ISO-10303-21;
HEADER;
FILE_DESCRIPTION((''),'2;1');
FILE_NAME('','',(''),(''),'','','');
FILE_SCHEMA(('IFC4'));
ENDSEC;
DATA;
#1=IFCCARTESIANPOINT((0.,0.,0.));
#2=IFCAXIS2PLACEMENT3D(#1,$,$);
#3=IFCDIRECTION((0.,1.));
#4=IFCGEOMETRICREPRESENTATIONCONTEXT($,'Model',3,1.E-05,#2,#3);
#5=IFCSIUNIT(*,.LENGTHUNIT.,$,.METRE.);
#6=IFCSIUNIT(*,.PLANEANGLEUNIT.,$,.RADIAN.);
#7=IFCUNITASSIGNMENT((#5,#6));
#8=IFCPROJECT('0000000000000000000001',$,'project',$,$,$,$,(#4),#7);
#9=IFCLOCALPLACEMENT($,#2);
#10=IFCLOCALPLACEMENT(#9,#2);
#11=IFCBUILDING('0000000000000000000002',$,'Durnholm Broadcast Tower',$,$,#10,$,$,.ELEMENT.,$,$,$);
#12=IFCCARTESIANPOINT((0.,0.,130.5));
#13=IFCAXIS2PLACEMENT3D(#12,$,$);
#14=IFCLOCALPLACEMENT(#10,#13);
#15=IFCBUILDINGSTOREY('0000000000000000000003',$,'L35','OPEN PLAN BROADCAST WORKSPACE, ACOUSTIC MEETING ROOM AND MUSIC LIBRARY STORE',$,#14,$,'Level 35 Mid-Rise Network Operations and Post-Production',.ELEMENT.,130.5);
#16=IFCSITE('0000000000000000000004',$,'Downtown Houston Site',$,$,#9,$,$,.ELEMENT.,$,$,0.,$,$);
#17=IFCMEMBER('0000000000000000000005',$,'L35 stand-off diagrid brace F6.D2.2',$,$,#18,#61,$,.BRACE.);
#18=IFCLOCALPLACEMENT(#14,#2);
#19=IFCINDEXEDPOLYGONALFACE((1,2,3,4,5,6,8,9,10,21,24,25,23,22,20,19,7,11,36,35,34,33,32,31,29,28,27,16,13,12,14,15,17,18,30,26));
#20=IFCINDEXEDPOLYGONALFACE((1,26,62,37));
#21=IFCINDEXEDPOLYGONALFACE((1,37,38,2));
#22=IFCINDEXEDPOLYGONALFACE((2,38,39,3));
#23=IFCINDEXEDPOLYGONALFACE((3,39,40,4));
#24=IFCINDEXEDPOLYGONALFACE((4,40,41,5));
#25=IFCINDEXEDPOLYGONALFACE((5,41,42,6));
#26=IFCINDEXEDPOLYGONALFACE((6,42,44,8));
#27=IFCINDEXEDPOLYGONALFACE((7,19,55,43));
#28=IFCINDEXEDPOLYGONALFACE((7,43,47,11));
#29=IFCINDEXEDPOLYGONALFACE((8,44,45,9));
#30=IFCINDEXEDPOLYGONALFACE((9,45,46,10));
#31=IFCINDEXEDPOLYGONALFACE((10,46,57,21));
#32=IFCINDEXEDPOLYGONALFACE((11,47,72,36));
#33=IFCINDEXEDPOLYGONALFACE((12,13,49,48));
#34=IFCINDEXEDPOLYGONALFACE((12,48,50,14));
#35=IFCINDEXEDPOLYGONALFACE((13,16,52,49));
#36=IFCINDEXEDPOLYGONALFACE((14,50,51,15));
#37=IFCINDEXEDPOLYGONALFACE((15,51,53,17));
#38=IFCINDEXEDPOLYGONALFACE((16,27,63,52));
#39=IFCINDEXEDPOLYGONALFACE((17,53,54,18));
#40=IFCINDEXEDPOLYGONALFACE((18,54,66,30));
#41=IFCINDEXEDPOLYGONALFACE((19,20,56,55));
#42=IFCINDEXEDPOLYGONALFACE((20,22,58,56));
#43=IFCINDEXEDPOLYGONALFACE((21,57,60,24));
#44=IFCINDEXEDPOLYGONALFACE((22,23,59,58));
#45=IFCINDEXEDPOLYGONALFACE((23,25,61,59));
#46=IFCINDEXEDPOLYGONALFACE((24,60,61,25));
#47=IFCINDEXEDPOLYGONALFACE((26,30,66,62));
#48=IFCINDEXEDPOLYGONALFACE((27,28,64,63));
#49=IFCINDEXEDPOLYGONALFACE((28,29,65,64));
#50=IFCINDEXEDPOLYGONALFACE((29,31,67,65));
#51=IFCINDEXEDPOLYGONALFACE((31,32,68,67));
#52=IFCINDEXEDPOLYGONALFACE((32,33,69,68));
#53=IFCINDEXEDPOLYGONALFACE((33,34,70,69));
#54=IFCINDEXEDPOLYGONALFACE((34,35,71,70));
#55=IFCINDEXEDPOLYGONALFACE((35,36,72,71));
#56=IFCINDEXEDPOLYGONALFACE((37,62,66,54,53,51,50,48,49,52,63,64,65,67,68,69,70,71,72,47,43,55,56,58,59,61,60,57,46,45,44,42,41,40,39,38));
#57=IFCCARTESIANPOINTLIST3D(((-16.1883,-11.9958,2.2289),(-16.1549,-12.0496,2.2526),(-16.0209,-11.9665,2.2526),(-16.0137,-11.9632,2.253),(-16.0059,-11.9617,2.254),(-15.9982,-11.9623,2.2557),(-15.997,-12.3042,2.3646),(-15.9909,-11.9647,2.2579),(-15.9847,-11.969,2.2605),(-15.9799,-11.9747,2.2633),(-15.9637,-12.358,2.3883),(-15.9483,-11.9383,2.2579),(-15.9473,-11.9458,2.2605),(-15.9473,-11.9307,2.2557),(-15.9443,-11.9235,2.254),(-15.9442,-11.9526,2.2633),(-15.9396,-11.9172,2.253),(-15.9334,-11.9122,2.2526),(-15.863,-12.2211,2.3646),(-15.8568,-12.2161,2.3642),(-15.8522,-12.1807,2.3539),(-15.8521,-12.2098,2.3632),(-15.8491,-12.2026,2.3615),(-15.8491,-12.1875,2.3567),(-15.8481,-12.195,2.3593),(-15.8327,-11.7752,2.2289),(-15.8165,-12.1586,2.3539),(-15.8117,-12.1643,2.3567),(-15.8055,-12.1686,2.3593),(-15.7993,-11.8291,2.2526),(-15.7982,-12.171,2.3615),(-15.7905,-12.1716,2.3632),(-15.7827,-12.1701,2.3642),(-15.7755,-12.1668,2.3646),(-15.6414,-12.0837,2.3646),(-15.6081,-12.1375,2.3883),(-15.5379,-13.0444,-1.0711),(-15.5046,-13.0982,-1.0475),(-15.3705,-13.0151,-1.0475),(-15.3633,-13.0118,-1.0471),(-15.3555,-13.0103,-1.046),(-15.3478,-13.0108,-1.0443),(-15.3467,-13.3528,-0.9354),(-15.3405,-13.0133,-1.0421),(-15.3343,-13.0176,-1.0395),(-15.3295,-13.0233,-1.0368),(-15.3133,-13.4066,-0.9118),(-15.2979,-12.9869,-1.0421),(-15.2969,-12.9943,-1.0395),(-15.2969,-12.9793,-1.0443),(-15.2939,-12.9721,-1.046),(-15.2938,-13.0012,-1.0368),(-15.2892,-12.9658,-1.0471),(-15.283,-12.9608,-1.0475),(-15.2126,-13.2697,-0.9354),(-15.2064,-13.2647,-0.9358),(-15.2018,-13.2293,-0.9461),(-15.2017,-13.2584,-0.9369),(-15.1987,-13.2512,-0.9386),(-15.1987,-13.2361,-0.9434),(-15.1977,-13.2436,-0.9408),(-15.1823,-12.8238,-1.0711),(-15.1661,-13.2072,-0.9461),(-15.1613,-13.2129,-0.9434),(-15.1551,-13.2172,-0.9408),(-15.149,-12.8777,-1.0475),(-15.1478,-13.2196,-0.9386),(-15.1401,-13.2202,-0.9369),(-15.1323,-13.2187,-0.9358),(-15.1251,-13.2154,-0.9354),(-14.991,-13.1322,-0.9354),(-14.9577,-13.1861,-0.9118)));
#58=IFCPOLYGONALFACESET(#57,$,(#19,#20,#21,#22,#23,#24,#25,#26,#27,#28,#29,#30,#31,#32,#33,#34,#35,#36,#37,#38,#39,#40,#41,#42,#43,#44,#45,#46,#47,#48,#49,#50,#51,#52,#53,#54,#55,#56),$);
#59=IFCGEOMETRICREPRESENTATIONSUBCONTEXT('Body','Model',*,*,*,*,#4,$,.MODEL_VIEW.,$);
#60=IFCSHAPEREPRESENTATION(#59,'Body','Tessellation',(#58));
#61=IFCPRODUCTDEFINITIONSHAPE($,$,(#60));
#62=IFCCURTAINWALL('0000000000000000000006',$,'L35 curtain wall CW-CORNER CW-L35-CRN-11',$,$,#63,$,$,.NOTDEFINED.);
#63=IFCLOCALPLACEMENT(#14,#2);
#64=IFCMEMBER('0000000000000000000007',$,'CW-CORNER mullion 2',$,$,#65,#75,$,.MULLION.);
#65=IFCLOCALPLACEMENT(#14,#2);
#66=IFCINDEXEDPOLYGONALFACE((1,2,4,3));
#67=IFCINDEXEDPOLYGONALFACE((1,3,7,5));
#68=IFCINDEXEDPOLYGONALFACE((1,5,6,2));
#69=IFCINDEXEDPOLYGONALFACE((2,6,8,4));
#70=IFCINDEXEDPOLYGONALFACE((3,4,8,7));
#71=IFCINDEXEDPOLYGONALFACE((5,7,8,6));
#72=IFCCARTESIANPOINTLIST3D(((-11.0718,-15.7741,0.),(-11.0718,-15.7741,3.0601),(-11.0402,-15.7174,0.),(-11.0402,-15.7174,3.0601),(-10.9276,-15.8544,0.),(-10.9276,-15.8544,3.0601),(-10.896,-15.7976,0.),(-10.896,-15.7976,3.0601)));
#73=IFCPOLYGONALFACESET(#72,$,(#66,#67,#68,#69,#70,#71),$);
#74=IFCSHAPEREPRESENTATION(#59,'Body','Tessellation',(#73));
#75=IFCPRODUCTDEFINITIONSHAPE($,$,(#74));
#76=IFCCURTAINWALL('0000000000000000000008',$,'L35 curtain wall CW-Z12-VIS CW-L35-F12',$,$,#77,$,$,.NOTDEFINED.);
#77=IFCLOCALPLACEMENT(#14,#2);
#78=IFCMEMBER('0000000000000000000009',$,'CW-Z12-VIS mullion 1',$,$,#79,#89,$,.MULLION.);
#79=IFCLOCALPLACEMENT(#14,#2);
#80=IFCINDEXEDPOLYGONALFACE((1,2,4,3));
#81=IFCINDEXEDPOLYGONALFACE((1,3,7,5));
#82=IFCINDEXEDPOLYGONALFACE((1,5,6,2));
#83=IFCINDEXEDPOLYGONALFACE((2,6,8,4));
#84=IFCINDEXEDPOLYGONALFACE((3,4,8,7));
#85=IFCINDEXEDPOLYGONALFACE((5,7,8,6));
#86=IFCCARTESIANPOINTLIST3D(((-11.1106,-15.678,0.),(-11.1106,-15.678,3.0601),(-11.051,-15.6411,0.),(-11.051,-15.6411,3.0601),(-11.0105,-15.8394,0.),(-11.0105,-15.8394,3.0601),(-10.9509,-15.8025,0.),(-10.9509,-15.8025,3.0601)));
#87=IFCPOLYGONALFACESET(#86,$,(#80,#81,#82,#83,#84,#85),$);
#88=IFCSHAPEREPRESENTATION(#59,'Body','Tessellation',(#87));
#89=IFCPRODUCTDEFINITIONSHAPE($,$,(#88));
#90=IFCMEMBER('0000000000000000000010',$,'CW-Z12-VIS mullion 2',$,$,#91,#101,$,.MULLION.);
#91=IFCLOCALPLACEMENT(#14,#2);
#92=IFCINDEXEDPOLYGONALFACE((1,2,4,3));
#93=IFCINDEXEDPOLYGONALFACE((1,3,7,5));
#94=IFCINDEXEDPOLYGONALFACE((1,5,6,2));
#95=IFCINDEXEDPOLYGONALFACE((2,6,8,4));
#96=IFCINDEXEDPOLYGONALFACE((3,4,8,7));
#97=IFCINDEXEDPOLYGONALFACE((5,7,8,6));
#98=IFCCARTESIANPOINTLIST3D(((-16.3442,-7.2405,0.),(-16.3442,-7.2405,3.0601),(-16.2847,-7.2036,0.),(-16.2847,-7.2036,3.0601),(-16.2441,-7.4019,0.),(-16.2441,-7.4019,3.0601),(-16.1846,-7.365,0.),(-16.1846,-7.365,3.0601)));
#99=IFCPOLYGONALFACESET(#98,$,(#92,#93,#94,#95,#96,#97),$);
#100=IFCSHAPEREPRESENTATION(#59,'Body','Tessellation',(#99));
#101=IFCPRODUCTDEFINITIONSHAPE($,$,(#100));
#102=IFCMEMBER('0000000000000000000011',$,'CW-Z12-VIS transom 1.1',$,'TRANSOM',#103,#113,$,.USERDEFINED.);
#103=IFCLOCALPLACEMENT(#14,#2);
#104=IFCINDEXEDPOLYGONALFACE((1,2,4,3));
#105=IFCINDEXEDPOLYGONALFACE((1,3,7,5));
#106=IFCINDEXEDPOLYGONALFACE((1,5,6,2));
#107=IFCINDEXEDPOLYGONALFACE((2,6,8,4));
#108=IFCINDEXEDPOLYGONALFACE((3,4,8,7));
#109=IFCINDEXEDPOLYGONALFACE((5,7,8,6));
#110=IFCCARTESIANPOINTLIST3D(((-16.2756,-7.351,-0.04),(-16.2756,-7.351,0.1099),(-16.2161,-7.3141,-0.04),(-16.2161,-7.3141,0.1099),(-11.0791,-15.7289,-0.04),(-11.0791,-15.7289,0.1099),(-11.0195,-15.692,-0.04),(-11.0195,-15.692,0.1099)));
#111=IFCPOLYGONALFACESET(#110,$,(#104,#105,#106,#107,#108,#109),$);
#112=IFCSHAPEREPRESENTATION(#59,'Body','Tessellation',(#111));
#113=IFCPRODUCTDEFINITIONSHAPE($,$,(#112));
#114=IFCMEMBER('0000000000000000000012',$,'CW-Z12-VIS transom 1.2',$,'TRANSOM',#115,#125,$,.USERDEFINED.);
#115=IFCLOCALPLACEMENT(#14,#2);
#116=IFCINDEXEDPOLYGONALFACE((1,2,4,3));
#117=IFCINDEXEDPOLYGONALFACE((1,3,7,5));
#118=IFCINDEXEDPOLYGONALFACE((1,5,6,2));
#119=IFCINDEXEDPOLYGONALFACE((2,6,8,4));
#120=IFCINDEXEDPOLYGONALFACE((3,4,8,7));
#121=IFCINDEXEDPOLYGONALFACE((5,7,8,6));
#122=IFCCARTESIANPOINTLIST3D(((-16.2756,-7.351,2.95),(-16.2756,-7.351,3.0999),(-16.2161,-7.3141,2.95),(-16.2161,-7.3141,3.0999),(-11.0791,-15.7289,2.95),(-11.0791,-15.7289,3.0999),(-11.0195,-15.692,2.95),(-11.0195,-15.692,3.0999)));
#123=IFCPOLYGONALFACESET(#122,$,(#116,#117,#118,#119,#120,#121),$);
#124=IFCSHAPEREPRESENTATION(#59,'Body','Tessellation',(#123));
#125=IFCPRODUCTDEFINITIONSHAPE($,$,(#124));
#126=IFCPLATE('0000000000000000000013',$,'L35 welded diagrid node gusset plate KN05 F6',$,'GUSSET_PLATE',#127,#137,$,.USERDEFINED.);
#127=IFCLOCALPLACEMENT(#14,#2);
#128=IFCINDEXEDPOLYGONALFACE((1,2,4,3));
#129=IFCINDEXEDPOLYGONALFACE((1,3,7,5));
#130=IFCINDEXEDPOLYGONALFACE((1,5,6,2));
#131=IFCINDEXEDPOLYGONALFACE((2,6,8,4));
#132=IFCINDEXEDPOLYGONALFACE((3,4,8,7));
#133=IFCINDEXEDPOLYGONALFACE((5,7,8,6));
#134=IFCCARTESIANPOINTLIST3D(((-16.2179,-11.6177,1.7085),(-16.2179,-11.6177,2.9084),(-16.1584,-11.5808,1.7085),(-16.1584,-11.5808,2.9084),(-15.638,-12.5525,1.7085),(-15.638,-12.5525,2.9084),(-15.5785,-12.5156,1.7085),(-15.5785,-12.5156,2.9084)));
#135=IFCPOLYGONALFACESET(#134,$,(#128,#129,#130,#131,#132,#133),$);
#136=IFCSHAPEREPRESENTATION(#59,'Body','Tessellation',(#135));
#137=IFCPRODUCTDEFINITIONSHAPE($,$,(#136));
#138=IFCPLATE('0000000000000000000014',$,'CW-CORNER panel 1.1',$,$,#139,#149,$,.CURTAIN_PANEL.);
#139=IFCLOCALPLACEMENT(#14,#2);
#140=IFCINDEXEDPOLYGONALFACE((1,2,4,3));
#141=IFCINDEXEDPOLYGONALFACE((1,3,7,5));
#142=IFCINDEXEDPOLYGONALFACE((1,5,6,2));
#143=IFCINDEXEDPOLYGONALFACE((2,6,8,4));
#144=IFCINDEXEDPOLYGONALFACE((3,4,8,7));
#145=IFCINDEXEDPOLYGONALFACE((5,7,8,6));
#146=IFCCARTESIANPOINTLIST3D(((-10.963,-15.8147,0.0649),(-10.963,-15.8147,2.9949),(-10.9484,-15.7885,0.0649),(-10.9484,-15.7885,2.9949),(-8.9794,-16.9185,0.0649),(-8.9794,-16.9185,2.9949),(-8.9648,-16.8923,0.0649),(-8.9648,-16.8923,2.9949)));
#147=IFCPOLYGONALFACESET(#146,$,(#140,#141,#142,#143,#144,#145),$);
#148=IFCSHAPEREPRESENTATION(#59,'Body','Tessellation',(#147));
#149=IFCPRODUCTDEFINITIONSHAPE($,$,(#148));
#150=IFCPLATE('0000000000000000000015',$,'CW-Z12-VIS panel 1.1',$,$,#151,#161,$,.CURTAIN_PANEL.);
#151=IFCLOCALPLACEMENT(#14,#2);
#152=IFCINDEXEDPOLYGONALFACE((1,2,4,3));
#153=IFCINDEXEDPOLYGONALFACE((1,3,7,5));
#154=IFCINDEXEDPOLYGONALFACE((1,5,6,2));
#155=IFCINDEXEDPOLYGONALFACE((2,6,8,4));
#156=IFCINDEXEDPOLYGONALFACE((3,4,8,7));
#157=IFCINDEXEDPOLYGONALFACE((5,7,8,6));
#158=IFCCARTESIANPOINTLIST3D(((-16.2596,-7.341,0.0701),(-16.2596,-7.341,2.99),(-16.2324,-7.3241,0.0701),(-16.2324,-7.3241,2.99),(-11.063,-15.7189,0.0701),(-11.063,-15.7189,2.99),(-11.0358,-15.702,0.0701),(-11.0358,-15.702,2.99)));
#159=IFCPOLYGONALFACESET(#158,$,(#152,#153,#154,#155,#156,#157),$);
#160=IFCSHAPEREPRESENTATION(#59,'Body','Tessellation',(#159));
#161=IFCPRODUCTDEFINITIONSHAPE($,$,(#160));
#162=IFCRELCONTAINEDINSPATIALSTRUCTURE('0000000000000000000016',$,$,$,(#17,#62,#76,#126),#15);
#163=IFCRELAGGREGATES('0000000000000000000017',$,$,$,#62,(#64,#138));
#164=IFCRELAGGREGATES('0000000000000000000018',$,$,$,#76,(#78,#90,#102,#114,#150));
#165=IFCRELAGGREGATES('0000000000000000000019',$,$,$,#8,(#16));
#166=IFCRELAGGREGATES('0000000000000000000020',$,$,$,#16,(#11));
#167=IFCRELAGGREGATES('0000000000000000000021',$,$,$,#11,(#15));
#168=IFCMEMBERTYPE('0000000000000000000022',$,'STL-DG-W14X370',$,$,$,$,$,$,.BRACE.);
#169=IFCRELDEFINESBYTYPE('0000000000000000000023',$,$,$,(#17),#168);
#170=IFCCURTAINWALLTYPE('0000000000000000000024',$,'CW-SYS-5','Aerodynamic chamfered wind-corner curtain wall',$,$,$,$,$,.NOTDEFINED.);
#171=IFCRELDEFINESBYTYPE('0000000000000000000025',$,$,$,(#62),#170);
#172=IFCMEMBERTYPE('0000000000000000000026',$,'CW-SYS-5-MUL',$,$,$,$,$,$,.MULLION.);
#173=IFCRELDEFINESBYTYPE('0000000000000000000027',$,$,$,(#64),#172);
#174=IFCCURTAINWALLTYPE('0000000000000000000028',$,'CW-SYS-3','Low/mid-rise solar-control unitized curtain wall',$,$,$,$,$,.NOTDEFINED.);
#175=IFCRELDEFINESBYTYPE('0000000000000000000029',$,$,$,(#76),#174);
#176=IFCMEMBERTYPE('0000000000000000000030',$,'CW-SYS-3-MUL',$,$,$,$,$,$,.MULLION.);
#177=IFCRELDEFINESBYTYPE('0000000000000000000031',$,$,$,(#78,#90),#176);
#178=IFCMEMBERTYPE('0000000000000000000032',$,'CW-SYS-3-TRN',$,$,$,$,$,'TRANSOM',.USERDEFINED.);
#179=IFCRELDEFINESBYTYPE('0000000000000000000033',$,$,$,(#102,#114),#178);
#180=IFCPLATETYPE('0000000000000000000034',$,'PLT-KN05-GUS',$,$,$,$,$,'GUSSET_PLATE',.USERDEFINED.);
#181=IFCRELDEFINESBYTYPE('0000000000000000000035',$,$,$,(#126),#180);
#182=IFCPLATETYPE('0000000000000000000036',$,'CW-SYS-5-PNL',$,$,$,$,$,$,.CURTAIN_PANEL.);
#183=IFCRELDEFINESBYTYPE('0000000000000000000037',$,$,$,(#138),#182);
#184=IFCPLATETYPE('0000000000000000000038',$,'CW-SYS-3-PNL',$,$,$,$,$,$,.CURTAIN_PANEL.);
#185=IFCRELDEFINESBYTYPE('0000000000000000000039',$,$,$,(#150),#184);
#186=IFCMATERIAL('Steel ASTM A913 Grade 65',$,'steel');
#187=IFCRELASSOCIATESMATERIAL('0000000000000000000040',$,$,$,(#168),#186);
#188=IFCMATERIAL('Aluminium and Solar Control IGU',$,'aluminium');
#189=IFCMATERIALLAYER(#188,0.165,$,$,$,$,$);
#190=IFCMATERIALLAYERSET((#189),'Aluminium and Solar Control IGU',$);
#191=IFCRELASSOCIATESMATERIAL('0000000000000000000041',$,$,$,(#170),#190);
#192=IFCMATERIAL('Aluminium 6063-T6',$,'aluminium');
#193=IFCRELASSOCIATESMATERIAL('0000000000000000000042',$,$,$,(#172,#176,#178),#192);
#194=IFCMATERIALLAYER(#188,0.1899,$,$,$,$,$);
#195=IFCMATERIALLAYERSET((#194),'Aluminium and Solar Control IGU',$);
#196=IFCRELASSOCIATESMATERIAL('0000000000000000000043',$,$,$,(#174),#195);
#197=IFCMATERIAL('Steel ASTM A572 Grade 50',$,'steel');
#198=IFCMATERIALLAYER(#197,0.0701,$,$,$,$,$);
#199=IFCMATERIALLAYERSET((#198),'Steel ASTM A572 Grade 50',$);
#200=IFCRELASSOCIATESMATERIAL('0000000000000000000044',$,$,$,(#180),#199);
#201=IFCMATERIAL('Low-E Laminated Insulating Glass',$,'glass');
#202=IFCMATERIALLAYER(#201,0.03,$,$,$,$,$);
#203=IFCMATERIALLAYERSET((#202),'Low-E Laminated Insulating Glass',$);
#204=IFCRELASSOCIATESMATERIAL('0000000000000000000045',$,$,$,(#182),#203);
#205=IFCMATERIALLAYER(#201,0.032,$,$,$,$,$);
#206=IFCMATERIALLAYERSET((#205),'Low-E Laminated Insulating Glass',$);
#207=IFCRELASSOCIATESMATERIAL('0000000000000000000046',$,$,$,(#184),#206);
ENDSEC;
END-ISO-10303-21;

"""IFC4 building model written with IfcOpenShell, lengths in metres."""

from ifc_helpers import new_model, si_unit, direction, frame, origin, origin_2d, place, context, subcontext, project, spatial, rectangle, i_section, extrude, source, transform, mapped, material, layer, layer_set, material_profile, profile_set, type_object, type_shapes, element, aggregate, save


model = new_model("IFC4")

# Units and contexts
model_context = context("Model", 3, precision=1e-05, world=origin(), true_north=direction((0.0, 1.0)))
body_context = subcontext(model_context, "Body", "Model", "MODEL_VIEW")
ifc_project = project(units=[si_unit("LENGTHUNIT", "METRE"), si_unit("PLANEANGLEUNIT", "RADIAN")], contexts=[model_context])

# Site, building, storey
site_placement = place(None, origin())
site = spatial("IfcSite", under=ifc_project, at=site_placement, Name="Downtown Houston Site", CompositionType="ELEMENT", RefElevation=0.0)
building_placement = place(site_placement, origin())
building = spatial("IfcBuilding", under=site, at=building_placement, Name="Durnholm Broadcast Tower", CompositionType="ELEMENT")
storey_placement = place(building_placement, frame((0.0, 0.0, 130.5)))
storey = spatial("IfcBuildingStorey", under=building, at=storey_placement, Name="L35", Description="OPEN PLAN BROADCAST WORKSPACE, ACOUSTIC MEETING ROOM AND MUSIC LIBRARY STORE", LongName="Level 35 Mid-Rise Network Operations and Post-Production", CompositionType="ELEMENT", Elevation=130.5)

# Member
ifc_material_1 = material(Name="Steel ASTM A913 Grade 65", Category="steel")
ifc_material_profile_1 = material_profile(ifc_material_1, i_section(OverallWidth=0.4185, OverallDepth=0.4551, WebThickness=0.042, FlangeThickness=0.0676, FilletRadius=0.0305, at=origin_2d()), Name="W14X370")
ifc_profile_set_1 = profile_set([ifc_material_profile_1], Name="Steel ASTM A913 Grade 65")
member_type_1 = type_object("IfcMemberType", Name="STL-DG-W14X370", PredefinedType="BRACE", material=ifc_profile_set_1)
shared_shape_1 = source(origin(), body_context, "Body", "SweptSolid", [
    extrude(i_section(OverallWidth=0.4185, OverallDepth=0.4551, WebThickness=0.042, FlangeThickness=0.0676, FilletRadius=0.0305, at=origin_2d()), origin(), (0.0, 0.0, 1.0), 3.5232),
])
type_shapes(member_type_1, [shared_shape_1])
for number, where, z_axis, x_axis, name in (
    (1, (-15.2478, -13.1152, -0.9915), (-0.184603, 0.297624, 0.936665), (-0.849805, -0.527097, 0.0), "L35 stand-off diagrid brace F6.D2.2"),
):
    element("IfcMember", number, at=place(storey_placement, frame(where, z_axis=z_axis, x_axis=x_axis)), inside=storey, type_object=member_type_1, Name=name, PredefinedType="BRACE", context=body_context, shape_type="MappedRepresentation", body=[
        mapped(shared_shape_1, transform((0.0, 0.0, 0.0), x_axis=(1.0, 0.0, 0.0), y_axis=(0.0, 1.0, 0.0), z_axis=(0.0, 0.0, 1.0), scale=1.0)),
    ])

# Curtain wall, member
ifc_material_2 = material(Name="Aluminium and Solar Control IGU", Category="aluminium")
ifc_layer_1 = layer(ifc_material_2, 0.165)
ifc_layer_set_1 = layer_set([ifc_layer_1], Name="Aluminium and Solar Control IGU")
curtain_wall_type_1 = type_object("IfcCurtainWallType", Name="CW-SYS-5", Description="Aerodynamic chamfered wind-corner curtain wall", PredefinedType="NOTDEFINED", material=ifc_layer_set_1)
curtain_wall_1_placement = place(storey_placement, origin())
curtain_wall_1 = element("IfcCurtainWall", 2, at=curtain_wall_1_placement, inside=storey, type_object=curtain_wall_type_1, Name="L35 curtain wall CW-CORNER CW-L35-CRN-11", PredefinedType="NOTDEFINED")
ifc_material_3 = material(Name="Aluminium 6063-T6", Category="aluminium")
ifc_material_profile_2 = material_profile(ifc_material_3, rectangle(XDim=0.0649, YDim=0.165, at=origin_2d()), Name="CWM65X165")
ifc_profile_set_2 = profile_set([ifc_material_profile_2], Name="Aluminium 6063-T6")
member_type_2 = type_object("IfcMemberType", Name="CW-SYS-5-MUL", PredefinedType="MULLION", material=ifc_profile_set_2)
shared_shape_2 = source(origin(), body_context, "Body", "SweptSolid", [
    extrude(rectangle(XDim=0.0649, YDim=0.165, at=origin_2d()), origin(), (0.0, 0.0, 1.0), 3.0601),
])
type_shapes(member_type_2, [shared_shape_2])
member_1_placement = place(storey_placement, frame((-10.9839, -15.7859, 0.0), z_axis=(0.0, 0.0, 1.0), x_axis=(-0.486244, -0.873823, 0.0)))
member_1 = element("IfcMember", 3, at=member_1_placement, type_object=member_type_2, Name="CW-CORNER mullion 2", PredefinedType="MULLION", context=body_context, shape_type="MappedRepresentation", body=[
    mapped(shared_shape_2, transform((0.0, 0.0, 0.0), x_axis=(1.0, 0.0, 0.0), y_axis=(0.0, 1.0, 0.0), z_axis=(0.0, 0.0, 1.0), scale=1.0)),
])

# Curtain wall, members
ifc_layer_2 = layer(ifc_material_2, 0.1899)
ifc_layer_set_2 = layer_set([ifc_layer_2], Name="Aluminium and Solar Control IGU")
curtain_wall_type_2 = type_object("IfcCurtainWallType", Name="CW-SYS-3", Description="Low/mid-rise solar-control unitized curtain wall", PredefinedType="NOTDEFINED", material=ifc_layer_set_2)
curtain_wall_2_placement = place(storey_placement, origin())
curtain_wall_2 = element("IfcCurtainWall", 4, at=curtain_wall_2_placement, inside=storey, type_object=curtain_wall_type_2, Name="L35 curtain wall CW-Z12-VIS CW-L35-F12", PredefinedType="NOTDEFINED")
ifc_material_profile_3 = material_profile(ifc_material_3, rectangle(XDim=0.0701, YDim=0.1899, at=origin_2d()), Name="CWM70X190")
ifc_profile_set_3 = profile_set([ifc_material_profile_3], Name="Aluminium 6063-T6")
member_type_3 = type_object("IfcMemberType", Name="CW-SYS-3-MUL", PredefinedType="MULLION", material=ifc_profile_set_3)
shared_shape_3 = source(origin(), body_context, "Body", "SweptSolid", [
    extrude(rectangle(XDim=0.0701, YDim=0.1899, at=origin_2d()), origin(), (0.0, 0.0, 1.0), 3.0601),
])
type_shapes(member_type_3, [shared_shape_3])
member_2_placement = place(storey_placement, frame((-11.0308, -15.7402, 0.0), z_axis=(0.0, 0.0, 1.0), x_axis=(-0.8498, -0.527105, 0.0)))
member_2 = element("IfcMember", 5, at=member_2_placement, type_object=member_type_3, Name="CW-Z12-VIS mullion 1", PredefinedType="MULLION", context=body_context, shape_type="MappedRepresentation", body=[
    mapped(shared_shape_3, transform((0.0, 0.0, 0.0), x_axis=(1.0, 0.0, 0.0), y_axis=(0.0, 1.0, 0.0), z_axis=(0.0, 0.0, 1.0), scale=1.0)),
])
member_3_placement = place(storey_placement, frame((-16.2644, -7.3027, 0.0), z_axis=(0.0, 0.0, 1.0), x_axis=(-0.8498, -0.527105, 0.0)))
member_3 = element("IfcMember", 6, at=member_3_placement, type_object=member_type_3, Name="CW-Z12-VIS mullion 2", PredefinedType="MULLION", context=body_context, shape_type="MappedRepresentation", body=[
    mapped(shared_shape_3, transform((0.0, 0.0, 0.0), x_axis=(1.0, 0.0, 0.0), y_axis=(0.0, 1.0, 0.0), z_axis=(0.0, 0.0, 1.0), scale=1.0)),
])
ifc_material_profile_4 = material_profile(ifc_material_3, rectangle(XDim=0.0701, YDim=0.1499, at=origin_2d()), Name="CWT70X150")
ifc_profile_set_4 = profile_set([ifc_material_profile_4], Name="Aluminium 6063-T6")
member_type_4 = type_object("IfcMemberType", Name="CW-SYS-3-TRN", ElementType="TRANSOM", PredefinedType="USERDEFINED", material=ifc_profile_set_4)
shared_shape_4 = source(origin(), body_context, "Body", "SweptSolid", [
    extrude(rectangle(XDim=0.0701, YDim=0.1499, at=origin_2d()), origin(), (0.0, 0.0, 1.0), 9.8586),
])
type_shapes(member_type_4, [shared_shape_4])
member_4_placement = place(storey_placement, frame((-11.0493, -15.7104, 0.0349), z_axis=(-0.527102, 0.849802, 0.0), x_axis=(-0.849802, -0.527102, 0.0)))
member_4 = element("IfcMember", 7, at=member_4_placement, type_object=member_type_4, Name="CW-Z12-VIS transom 1.1", ObjectType="TRANSOM", PredefinedType="USERDEFINED", context=body_context, shape_type="MappedRepresentation", body=[
    mapped(shared_shape_4, transform((0.0, 0.0, 0.0), x_axis=(1.0, 0.0, 0.0), y_axis=(0.0, 1.0, 0.0), z_axis=(0.0, 0.0, 1.0), scale=1.0)),
])
member_5_placement = place(storey_placement, frame((-11.0493, -15.7104, 3.0249), z_axis=(-0.527102, 0.849802, 0.0), x_axis=(-0.849802, -0.527102, 0.0)))
member_5 = element("IfcMember", 8, at=member_5_placement, type_object=member_type_4, Name="CW-Z12-VIS transom 1.2", ObjectType="TRANSOM", PredefinedType="USERDEFINED", context=body_context, shape_type="MappedRepresentation", body=[
    mapped(shared_shape_4, transform((0.0, 0.0, 0.0), x_axis=(1.0, 0.0, 0.0), y_axis=(0.0, 1.0, 0.0), z_axis=(0.0, 0.0, 1.0), scale=1.0)),
])

# Plates
ifc_material_4 = material(Name="Steel ASTM A572 Grade 50", Category="steel")
ifc_layer_3 = layer(ifc_material_4, 0.0701)
ifc_layer_set_3 = layer_set([ifc_layer_3], Name="Steel ASTM A572 Grade 50")
plate_type_1 = type_object("IfcPlateType", Name="PLT-KN05-GUS", ElementType="GUSSET_PLATE", PredefinedType="USERDEFINED", material=ifc_layer_set_3)
shared_shape_5 = source(origin(), body_context, "Body", "SweptSolid", [
    extrude(rectangle(XDim=1.1001, YDim=0.0701, at=origin_2d()), origin(), (0.0, 0.0, 1.0), 1.2),
])
type_shapes(plate_type_1, [shared_shape_5])
plate_1_placement = place(storey_placement, frame((-15.8982, -12.0667, 1.7085), z_axis=(0.0, 0.0, 1.0), x_axis=(0.527104, -0.849801, 0.0)))
element("IfcPlate", 9, at=plate_1_placement, inside=storey, type_object=plate_type_1, Name="L35 welded diagrid node gusset plate KN05 F6", ObjectType="GUSSET_PLATE", PredefinedType="USERDEFINED", context=body_context, shape_type="MappedRepresentation", body=[
    mapped(shared_shape_5, transform((0.0, 0.0, 0.0), x_axis=(1.0, 0.0, 0.0), y_axis=(0.0, 1.0, 0.0), z_axis=(0.0, 0.0, 1.0), scale=1.0)),
])
ifc_material_5 = material(Name="Low-E Laminated Insulating Glass", Category="glass")
ifc_layer_4 = layer(ifc_material_5, 0.03)
ifc_layer_set_4 = layer_set([ifc_layer_4], Name="Low-E Laminated Insulating Glass")
plate_type_2 = type_object("IfcPlateType", Name="CW-SYS-5-PNL", PredefinedType="CURTAIN_PANEL", material=ifc_layer_set_4)
shared_shape_6 = source(origin(), body_context, "Body", "SweptSolid", [
    extrude(rectangle(XDim=2.27, YDim=0.03, at=origin_2d()), origin(), (0.0, 0.0, 1.0), 2.9299),
])
type_shapes(plate_type_2, [shared_shape_6])
plate_2_placement = place(storey_placement, frame((-9.9639, -16.3535, 0.0649), z_axis=(0.0, 0.0, 1.0), x_axis=(-0.873823, 0.486244, 0.0)))
plate_2 = element("IfcPlate", 10, at=plate_2_placement, type_object=plate_type_2, Name="CW-CORNER panel 1.1", PredefinedType="CURTAIN_PANEL", context=body_context, shape_type="MappedRepresentation", body=[
    mapped(shared_shape_6, transform((0.0, 0.0, 0.0), x_axis=(1.0, 0.0, 0.0), y_axis=(0.0, 1.0, 0.0), z_axis=(0.0, 0.0, 1.0), scale=1.0)),
])
aggregate(curtain_wall_1, [member_1, plate_2])
ifc_layer_5 = layer(ifc_material_5, 0.032)
ifc_layer_set_5 = layer_set([ifc_layer_5], Name="Low-E Laminated Insulating Glass")
plate_type_3 = type_object("IfcPlateType", Name="CW-SYS-3-PNL", PredefinedType="CURTAIN_PANEL", material=ifc_layer_set_5)
shared_shape_7 = source(origin(), body_context, "Body", "SweptSolid", [
    extrude(rectangle(XDim=9.8586, YDim=0.032, at=origin_2d()), origin(), (0.0, 0.0, 1.0), 2.9199),
])
type_shapes(plate_type_3, [shared_shape_7])
plate_3_placement = place(storey_placement, frame((-13.6477, -11.5215, 0.0701), z_axis=(0.0, 0.0, 1.0), x_axis=(-0.527105, 0.8498, 0.0)))
plate_3 = element("IfcPlate", 11, at=plate_3_placement, type_object=plate_type_3, Name="CW-Z12-VIS panel 1.1", PredefinedType="CURTAIN_PANEL", context=body_context, shape_type="MappedRepresentation", body=[
    mapped(shared_shape_7, transform((0.0, 0.0, 0.0), x_axis=(1.0, 0.0, 0.0), y_axis=(0.0, 1.0, 0.0), z_axis=(0.0, 0.0, 1.0), scale=1.0)),
])
aggregate(curtain_wall_2, [member_2, member_3, member_4, member_5, plate_3])

save(model, "model.ifc")
